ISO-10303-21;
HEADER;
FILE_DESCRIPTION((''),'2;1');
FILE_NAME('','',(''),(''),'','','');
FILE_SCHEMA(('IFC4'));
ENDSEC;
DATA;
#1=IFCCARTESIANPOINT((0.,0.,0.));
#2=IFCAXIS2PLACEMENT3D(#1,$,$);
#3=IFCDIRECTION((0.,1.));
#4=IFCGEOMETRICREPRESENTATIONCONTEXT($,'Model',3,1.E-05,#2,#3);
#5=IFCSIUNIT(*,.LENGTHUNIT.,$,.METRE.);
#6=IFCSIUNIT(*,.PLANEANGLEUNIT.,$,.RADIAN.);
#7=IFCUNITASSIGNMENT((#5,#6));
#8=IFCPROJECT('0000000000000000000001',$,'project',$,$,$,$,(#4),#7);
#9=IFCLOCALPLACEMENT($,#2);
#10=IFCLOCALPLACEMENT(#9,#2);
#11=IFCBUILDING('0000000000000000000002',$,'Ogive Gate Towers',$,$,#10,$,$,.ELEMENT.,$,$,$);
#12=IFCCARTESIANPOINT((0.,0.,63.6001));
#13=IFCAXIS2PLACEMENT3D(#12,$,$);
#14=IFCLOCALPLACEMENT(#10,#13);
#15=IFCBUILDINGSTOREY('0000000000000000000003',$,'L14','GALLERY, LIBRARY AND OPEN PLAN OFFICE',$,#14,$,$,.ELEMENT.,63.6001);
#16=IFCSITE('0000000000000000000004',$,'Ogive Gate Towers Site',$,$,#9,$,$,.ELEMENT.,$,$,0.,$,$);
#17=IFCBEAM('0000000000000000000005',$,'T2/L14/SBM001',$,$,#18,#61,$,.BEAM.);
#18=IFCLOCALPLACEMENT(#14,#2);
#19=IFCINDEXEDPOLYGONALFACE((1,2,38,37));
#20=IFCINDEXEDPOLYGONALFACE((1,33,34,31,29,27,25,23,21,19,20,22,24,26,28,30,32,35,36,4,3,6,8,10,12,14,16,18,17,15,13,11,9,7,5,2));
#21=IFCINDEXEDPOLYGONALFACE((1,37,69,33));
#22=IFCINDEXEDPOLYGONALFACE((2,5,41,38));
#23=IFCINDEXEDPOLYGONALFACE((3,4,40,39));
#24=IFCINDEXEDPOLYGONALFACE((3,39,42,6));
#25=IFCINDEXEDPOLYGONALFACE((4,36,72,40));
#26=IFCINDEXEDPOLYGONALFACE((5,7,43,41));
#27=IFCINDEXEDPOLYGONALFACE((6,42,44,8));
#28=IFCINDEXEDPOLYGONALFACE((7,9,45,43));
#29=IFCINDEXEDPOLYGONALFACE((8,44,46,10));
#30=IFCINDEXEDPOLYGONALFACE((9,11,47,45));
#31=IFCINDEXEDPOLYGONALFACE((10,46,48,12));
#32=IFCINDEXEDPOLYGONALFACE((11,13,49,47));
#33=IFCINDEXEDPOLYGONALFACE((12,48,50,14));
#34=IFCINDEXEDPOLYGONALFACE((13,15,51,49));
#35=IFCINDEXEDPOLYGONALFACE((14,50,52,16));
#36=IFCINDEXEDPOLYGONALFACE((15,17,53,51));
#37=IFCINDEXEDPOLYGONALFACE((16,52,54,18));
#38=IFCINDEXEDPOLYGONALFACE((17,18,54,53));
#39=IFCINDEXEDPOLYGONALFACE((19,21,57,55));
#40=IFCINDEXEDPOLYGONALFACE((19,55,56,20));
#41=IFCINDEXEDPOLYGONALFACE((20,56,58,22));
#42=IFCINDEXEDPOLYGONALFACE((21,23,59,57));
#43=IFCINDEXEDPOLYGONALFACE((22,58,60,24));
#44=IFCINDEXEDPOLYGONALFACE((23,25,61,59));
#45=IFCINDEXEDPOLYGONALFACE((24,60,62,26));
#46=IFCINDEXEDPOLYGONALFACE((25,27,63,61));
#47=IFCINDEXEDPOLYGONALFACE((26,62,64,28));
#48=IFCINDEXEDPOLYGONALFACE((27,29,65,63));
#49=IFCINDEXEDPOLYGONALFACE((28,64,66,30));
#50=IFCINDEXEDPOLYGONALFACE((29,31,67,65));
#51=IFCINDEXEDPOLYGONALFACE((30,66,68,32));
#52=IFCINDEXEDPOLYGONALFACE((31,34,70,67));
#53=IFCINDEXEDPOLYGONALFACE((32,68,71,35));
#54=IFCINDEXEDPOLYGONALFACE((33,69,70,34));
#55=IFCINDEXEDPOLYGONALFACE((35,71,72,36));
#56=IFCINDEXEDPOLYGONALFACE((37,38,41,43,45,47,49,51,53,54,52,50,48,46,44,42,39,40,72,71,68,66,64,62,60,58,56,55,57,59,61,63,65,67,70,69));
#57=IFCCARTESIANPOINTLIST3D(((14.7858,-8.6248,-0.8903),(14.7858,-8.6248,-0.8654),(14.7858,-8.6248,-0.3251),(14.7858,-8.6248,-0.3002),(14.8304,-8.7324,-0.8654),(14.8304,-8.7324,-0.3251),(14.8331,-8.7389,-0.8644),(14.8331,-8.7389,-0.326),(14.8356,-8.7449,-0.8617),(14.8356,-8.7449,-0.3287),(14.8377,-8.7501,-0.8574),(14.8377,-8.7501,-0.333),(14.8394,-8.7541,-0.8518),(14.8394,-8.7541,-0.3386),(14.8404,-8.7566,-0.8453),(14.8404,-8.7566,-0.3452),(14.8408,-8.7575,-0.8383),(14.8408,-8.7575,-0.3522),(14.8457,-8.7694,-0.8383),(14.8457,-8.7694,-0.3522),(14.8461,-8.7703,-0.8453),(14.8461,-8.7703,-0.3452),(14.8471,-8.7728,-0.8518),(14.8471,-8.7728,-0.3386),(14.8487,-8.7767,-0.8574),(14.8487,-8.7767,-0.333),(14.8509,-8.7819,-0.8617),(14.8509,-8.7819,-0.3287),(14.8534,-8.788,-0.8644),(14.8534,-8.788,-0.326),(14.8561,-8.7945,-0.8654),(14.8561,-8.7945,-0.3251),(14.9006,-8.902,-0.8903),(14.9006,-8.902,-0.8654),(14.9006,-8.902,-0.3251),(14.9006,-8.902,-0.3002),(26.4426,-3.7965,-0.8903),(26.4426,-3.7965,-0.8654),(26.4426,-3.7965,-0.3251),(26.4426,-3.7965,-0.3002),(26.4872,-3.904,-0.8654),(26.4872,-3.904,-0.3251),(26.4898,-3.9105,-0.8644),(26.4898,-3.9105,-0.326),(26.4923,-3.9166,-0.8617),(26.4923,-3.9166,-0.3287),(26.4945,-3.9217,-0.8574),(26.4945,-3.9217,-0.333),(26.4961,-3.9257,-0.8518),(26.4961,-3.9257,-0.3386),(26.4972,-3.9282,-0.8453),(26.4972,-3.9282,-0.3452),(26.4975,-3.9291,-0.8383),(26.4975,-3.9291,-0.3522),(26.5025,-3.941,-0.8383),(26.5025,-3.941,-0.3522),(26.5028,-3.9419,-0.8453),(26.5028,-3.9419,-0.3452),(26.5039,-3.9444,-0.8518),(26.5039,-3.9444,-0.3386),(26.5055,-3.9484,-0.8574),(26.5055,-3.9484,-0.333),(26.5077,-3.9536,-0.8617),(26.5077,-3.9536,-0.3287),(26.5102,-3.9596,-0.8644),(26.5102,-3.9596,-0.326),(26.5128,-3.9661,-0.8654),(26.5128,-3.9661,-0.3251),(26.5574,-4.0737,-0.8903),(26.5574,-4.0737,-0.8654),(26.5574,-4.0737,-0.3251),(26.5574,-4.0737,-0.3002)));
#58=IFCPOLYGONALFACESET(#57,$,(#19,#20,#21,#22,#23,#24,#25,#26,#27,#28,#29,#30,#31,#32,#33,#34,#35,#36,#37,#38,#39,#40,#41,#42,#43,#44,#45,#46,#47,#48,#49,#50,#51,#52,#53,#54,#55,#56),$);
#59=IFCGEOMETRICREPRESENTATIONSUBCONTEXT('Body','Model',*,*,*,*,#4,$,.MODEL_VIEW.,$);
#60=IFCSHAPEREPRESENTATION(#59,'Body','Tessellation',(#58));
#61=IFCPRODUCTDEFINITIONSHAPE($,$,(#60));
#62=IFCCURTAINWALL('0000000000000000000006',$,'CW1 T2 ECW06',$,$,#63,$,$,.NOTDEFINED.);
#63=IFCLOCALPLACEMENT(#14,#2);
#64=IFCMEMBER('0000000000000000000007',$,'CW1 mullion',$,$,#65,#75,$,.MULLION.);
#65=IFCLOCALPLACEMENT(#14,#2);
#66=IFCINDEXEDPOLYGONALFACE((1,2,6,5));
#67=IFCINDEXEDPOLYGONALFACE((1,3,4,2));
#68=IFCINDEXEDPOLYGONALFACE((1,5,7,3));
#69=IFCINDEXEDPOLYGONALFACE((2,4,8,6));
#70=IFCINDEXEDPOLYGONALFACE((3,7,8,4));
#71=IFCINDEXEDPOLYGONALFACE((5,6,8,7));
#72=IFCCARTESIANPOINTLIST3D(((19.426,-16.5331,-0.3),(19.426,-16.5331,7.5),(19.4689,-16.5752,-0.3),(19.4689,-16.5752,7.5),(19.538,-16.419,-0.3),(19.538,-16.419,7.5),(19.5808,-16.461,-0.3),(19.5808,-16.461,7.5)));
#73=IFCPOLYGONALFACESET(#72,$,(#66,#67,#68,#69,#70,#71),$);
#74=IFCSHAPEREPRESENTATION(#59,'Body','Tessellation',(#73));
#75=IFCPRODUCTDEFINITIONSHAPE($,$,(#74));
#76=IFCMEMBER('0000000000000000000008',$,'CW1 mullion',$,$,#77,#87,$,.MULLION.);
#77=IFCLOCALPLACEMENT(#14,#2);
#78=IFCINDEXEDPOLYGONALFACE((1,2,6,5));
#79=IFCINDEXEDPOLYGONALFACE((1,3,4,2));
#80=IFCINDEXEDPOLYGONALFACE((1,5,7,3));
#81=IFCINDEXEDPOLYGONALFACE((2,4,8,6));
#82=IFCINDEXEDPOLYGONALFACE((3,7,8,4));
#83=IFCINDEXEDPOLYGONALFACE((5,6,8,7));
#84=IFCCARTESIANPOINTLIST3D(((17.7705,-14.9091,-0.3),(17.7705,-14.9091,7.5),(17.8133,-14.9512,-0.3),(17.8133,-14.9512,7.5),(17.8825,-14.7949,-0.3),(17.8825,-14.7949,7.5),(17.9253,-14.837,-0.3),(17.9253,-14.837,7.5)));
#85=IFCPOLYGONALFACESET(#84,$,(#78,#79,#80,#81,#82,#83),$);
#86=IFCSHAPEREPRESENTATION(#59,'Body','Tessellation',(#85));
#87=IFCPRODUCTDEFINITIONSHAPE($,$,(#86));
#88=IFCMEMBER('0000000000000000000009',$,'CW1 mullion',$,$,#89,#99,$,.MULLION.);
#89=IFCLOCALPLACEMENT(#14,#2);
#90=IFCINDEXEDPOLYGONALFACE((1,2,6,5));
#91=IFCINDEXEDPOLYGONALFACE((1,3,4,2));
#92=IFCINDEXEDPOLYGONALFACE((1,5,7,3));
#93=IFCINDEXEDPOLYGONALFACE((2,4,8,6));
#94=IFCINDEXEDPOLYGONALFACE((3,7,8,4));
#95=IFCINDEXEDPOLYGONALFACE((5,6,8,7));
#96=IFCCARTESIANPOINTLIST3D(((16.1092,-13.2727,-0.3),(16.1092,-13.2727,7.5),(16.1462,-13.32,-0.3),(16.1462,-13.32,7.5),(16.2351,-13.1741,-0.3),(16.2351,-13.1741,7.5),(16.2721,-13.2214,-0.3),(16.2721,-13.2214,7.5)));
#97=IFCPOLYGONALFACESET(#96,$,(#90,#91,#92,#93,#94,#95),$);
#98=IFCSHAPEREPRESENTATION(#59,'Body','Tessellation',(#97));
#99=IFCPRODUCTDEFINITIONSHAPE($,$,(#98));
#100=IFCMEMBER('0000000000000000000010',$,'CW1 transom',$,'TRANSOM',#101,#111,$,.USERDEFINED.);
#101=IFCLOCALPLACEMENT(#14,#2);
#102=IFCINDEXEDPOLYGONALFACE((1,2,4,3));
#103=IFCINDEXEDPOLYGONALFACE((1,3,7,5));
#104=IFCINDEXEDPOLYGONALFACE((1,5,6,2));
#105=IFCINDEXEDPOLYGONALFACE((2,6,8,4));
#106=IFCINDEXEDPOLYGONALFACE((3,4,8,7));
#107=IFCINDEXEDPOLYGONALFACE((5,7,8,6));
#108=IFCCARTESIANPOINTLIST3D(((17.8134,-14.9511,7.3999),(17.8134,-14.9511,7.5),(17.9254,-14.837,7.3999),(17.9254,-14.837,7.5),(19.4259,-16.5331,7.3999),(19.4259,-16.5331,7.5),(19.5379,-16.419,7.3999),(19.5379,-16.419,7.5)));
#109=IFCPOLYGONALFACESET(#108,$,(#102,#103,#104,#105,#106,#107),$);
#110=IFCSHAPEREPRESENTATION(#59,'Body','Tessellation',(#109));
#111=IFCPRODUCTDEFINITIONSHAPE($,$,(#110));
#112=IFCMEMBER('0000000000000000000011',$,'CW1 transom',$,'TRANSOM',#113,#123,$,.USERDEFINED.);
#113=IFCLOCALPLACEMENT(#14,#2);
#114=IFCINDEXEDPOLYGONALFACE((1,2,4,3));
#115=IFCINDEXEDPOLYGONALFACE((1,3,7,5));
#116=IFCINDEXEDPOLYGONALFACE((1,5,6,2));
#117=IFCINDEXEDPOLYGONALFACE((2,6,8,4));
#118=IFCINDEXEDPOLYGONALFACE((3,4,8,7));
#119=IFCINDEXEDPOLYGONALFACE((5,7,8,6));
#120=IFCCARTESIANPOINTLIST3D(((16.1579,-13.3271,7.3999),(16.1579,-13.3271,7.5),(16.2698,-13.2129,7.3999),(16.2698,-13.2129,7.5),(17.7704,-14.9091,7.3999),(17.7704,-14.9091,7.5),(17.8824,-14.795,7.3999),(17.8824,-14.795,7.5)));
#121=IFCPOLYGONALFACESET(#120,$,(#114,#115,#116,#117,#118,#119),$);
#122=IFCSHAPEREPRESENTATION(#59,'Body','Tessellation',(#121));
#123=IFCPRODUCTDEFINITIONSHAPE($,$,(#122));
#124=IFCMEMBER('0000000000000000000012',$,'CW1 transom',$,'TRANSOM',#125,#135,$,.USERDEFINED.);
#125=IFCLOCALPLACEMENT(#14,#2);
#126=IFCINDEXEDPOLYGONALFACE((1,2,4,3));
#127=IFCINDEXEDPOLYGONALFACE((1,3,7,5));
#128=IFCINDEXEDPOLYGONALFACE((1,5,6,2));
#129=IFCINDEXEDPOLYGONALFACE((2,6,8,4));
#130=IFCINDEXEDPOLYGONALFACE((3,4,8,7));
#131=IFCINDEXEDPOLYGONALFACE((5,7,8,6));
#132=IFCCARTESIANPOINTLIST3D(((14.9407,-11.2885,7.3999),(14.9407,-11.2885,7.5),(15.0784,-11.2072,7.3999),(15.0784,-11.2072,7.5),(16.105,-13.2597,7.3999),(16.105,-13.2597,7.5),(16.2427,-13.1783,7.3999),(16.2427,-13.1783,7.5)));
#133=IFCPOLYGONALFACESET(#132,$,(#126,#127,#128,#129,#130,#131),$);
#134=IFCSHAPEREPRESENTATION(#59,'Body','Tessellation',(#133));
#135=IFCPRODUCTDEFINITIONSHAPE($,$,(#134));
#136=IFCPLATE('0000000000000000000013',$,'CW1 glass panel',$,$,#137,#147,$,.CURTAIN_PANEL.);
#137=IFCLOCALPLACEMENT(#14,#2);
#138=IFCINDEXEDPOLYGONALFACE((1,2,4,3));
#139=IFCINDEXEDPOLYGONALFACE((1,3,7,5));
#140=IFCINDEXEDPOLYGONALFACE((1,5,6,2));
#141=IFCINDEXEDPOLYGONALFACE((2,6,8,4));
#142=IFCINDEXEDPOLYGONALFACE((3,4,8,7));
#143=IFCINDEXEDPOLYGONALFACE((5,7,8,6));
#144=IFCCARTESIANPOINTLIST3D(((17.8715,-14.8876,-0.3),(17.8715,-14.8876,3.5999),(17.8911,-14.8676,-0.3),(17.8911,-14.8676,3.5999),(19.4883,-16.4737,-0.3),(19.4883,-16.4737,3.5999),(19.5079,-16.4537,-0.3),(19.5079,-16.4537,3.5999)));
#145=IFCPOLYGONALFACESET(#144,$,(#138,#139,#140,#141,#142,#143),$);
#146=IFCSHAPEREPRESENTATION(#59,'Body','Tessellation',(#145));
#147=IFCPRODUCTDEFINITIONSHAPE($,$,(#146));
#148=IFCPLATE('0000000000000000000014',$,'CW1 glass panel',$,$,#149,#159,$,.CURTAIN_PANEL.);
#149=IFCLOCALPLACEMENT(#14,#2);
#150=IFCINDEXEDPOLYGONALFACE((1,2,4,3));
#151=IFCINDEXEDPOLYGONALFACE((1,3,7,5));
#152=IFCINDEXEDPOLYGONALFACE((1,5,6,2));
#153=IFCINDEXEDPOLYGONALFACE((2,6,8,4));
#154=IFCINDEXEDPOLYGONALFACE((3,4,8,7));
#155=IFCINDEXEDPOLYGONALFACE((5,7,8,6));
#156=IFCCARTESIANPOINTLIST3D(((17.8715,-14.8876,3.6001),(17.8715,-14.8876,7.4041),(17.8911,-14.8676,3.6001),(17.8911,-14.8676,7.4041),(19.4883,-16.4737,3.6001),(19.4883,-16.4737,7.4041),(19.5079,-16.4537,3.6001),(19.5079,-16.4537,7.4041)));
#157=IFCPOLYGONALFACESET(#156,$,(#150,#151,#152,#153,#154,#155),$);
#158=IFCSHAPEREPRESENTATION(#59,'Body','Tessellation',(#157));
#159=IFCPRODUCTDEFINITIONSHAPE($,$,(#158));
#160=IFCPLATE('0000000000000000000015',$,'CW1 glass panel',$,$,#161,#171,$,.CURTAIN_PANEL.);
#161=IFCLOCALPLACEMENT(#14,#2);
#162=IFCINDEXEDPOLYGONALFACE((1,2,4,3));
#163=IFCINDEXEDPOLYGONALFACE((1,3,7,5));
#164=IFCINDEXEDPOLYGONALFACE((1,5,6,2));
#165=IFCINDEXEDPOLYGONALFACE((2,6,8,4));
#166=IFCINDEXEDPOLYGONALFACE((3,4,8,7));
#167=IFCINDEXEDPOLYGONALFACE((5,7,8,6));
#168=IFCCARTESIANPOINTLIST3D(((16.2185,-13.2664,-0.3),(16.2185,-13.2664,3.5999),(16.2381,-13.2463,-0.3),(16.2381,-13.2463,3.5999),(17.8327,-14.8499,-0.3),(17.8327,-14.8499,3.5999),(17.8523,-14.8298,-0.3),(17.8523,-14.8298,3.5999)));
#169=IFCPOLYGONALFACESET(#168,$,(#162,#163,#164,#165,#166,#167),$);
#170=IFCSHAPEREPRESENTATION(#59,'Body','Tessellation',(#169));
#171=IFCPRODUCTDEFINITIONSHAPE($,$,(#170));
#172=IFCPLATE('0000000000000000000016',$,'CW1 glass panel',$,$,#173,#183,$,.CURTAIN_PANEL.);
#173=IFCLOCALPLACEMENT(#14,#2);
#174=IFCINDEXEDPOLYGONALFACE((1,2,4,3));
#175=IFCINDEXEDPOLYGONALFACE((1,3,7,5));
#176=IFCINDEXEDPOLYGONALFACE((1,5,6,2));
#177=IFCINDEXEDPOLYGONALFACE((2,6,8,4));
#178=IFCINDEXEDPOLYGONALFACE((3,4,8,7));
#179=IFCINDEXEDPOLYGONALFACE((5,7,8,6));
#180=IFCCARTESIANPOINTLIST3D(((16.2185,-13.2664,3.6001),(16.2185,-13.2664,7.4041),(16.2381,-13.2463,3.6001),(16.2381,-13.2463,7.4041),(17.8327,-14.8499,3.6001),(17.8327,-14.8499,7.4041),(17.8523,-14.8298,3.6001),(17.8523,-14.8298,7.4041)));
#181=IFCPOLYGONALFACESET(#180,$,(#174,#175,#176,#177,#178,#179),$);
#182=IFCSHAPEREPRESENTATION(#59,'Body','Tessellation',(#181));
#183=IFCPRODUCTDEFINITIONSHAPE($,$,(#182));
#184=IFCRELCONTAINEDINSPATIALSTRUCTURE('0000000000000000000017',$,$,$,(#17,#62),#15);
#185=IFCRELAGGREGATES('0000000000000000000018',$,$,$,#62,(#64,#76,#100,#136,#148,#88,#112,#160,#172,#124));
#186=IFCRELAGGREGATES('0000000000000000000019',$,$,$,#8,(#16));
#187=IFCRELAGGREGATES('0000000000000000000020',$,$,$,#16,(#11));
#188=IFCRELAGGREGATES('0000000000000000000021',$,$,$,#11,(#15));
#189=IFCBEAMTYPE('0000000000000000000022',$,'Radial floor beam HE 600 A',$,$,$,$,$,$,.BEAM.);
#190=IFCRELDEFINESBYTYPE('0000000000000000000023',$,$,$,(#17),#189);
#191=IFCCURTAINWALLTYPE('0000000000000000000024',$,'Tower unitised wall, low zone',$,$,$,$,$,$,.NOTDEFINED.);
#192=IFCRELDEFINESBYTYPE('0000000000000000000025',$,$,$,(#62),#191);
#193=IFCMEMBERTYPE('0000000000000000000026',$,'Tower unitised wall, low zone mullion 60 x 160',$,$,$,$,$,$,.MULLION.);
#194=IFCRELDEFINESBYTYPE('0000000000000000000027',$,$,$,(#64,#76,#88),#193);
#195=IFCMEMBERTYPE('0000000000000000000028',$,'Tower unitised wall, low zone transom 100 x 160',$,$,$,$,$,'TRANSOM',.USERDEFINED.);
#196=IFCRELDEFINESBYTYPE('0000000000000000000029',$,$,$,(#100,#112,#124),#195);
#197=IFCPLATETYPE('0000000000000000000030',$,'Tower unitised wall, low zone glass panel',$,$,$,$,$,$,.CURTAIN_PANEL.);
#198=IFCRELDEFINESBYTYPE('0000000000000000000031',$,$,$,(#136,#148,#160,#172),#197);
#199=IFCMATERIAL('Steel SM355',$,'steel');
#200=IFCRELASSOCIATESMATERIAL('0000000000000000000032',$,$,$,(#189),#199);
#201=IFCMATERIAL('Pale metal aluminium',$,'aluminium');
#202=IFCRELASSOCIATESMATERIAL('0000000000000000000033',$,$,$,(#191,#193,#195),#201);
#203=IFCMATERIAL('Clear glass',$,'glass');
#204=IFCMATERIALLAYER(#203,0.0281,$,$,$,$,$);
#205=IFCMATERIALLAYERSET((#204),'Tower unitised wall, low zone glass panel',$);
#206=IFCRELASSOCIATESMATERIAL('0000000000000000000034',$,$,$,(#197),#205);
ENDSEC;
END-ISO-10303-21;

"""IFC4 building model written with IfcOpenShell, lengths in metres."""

from ifc_helpers import new_model, si_unit, direction, frame, origin, origin_2d, place, context, subcontext, project, spatial, rectangle, i_section, extrude, material, layer, layer_set, material_profile, profile_set, type_object, element, aggregate, save


model = new_model("IFC4")

# Units and contexts
model_context = context("Model", 3, precision=1e-05, world=origin(), true_north=direction((0.0, 1.0)))
body_context = subcontext(model_context, "Body", "Model", "MODEL_VIEW")
ifc_project = project(units=[si_unit("LENGTHUNIT", "METRE"), si_unit("PLANEANGLEUNIT", "RADIAN")], contexts=[model_context])

# Site, building, storey
site_placement = place(None, origin())
site = spatial("IfcSite", under=ifc_project, at=site_placement, Name="Ogive Gate Towers Site", CompositionType="ELEMENT", RefElevation=0.0)
building_placement = place(site_placement, origin())
building = spatial("IfcBuilding", under=site, at=building_placement, Name="Ogive Gate Towers", CompositionType="ELEMENT")
storey_placement = place(building_placement, frame((0.0, 0.0, 63.6001)))
storey = spatial("IfcBuildingStorey", under=building, at=storey_placement, Name="L14", Description="GALLERY, LIBRARY AND OPEN PLAN OFFICE", CompositionType="ELEMENT", Elevation=63.6001)

# Beam
ifc_material_1 = material(Name="Steel SM355", Category="steel")
ifc_material_profile_1 = material_profile(ifc_material_1, i_section(OverallWidth=0.3, OverallDepth=0.5901, WebThickness=0.0129, FlangeThickness=0.0249, FilletRadius=0.0271, at=origin_2d()), Name="HE 600 A")
ifc_profile_set_1 = profile_set([ifc_material_profile_1], Name="Steel SM355")
beam_type = type_object("IfcBeamType", Name="Radial floor beam HE 600 A", PredefinedType="BEAM", material=ifc_profile_set_1)
beam_placement = place(storey_placement, frame((26.5, -3.9351, -0.5952), z_axis=(-0.92388, -0.382683, 0.0), x_axis=(0.382683, -0.92388, 0.0)))
element("IfcBeam", 1, at=beam_placement, inside=storey, type_object=beam_type, Name="T2/L14/SBM001", PredefinedType="BEAM", context=body_context, shape_type="SweptSolid", body=[
    extrude(i_section(OverallWidth=0.3, OverallDepth=0.5901, WebThickness=0.0129, FlangeThickness=0.0249, FilletRadius=0.0271, at=origin_2d()), origin(), (0.0, 0.0, 1.0), 12.6172),
])

# Curtain wall, members, plates
ifc_material_2 = material(Name="Pale metal aluminium", Category="aluminium")
curtain_wall_type = type_object("IfcCurtainWallType", Name="Tower unitised wall, low zone", PredefinedType="NOTDEFINED", material=ifc_material_2)
curtain_wall_1_placement = place(storey_placement, origin())
curtain_wall_1 = element("IfcCurtainWall", 2, at=curtain_wall_1_placement, inside=storey, type_object=curtain_wall_type, Name="CW1 T2 ECW06", PredefinedType="NOTDEFINED")
ifc_material_profile_2 = material_profile(ifc_material_2, rectangle(XDim=0.1599, YDim=0.0601, at=origin_2d()), Name="60 x 160 aluminium box")
ifc_profile_set_2 = profile_set([ifc_material_profile_2], Name="Pale metal aluminium")
member_type_1 = type_object("IfcMemberType", Name="Tower unitised wall, low zone mullion 60 x 160", PredefinedType="MULLION", material=ifc_profile_set_2)
member_1_placement = place(storey_placement, frame((19.5034, -16.4971, -0.3), z_axis=(0.0, 0.0, 1.0), x_axis=(0.700299, 0.71385, 0.0)))
member_1 = element("IfcMember", 3, at=member_1_placement, type_object=member_type_1, Name="CW1 mullion", PredefinedType="MULLION", context=body_context, shape_type="SweptSolid", body=[
    extrude(rectangle(XDim=0.1599, YDim=0.0601, at=origin_2d()), origin(), (0.0, 0.0, 1.0), 7.8),
])
member_2_placement = place(storey_placement, frame((17.8479, -14.873, -0.3), z_axis=(0.0, 0.0, 1.0), x_axis=(0.700299, 0.71385, 0.0)))
member_2 = element("IfcMember", 4, at=member_2_placement, type_object=member_type_1, Name="CW1 mullion", PredefinedType="MULLION", context=body_context, shape_type="SweptSolid", body=[
    extrude(rectangle(XDim=0.1599, YDim=0.0601, at=origin_2d()), origin(), (0.0, 0.0, 1.0), 7.8),
])
member_3_placement = place(storey_placement, frame((16.1907, -13.2471, -0.3), z_axis=(0.0, 0.0, 1.0), x_axis=(0.787387, 0.616459, 0.0)))
member_3 = element("IfcMember", 5, at=member_3_placement, type_object=member_type_1, Name="CW1 mullion", PredefinedType="MULLION", context=body_context, shape_type="SweptSolid", body=[
    extrude(rectangle(XDim=0.1599, YDim=0.0601, at=origin_2d()), origin(), (0.0, 0.0, 1.0), 7.8),
])
ifc_material_profile_3 = material_profile(ifc_material_2, rectangle(XDim=0.1599, YDim=0.1001, at=origin_2d()), Name="100 x 160 aluminium box")
ifc_profile_set_3 = profile_set([ifc_material_profile_3], Name="Pale metal aluminium")
member_type_2 = type_object("IfcMemberType", Name="Tower unitised wall, low zone transom 100 x 160", ElementType="TRANSOM", PredefinedType="USERDEFINED", material=ifc_profile_set_3)
member_4_placement = place(storey_placement, frame((19.4819, -16.4761, 7.45), z_axis=(-0.713829, 0.70032, 0.0), x_axis=(-0.70032, -0.713829, 0.0)))
member_4 = element("IfcMember", 6, at=member_4_placement, type_object=member_type_2, Name="CW1 transom", ObjectType="TRANSOM", PredefinedType="USERDEFINED", context=body_context, shape_type="SweptSolid", body=[
    extrude(rectangle(XDim=0.1599, YDim=0.1001, at=origin_2d()), origin(), (0.0, 0.0, 1.0), 2.259),
])
member_5_placement = place(storey_placement, frame((17.8264, -14.8521, 7.45), z_axis=(-0.713829, 0.70032, 0.0), x_axis=(-0.70032, -0.713829, 0.0)))
member_5 = element("IfcMember", 7, at=member_5_placement, type_object=member_type_2, Name="CW1 transom", ObjectType="TRANSOM", PredefinedType="USERDEFINED", context=body_context, shape_type="SweptSolid", body=[
    extrude(rectangle(XDim=0.1599, YDim=0.1001, at=origin_2d()), origin(), (0.0, 0.0, 1.0), 2.259),
])
member_6_placement = place(storey_placement, frame((16.1738, -13.219, 7.45), z_axis=(-0.508571, 0.86102, 0.0), x_axis=(-0.86102, -0.508571, 0.0)))
member_6 = element("IfcMember", 8, at=member_6_placement, type_object=member_type_2, Name="CW1 transom", ObjectType="TRANSOM", PredefinedType="USERDEFINED", context=body_context, shape_type="SweptSolid", body=[
    extrude(rectangle(XDim=0.1599, YDim=0.1001, at=origin_2d()), origin(), (0.0, 0.0, 1.0), 2.2893),
])
ifc_material_3 = material(Name="Clear glass", Category="glass")
ifc_layer_1 = layer(ifc_material_3, 0.0281)
ifc_layer_set_1 = layer_set([ifc_layer_1], Name="Tower unitised wall, low zone glass panel")
plate_type = type_object("IfcPlateType", Name="Tower unitised wall, low zone glass panel", PredefinedType="CURTAIN_PANEL", material=ifc_layer_set_1)
plate_1_placement = place(storey_placement, frame((18.6897, -15.6707, -0.3), z_axis=(0.0, 0.0, 1.0), x_axis=(-0.71385, 0.700299, 0.0)))
plate_1 = element("IfcPlate", 9, at=plate_1_placement, type_object=plate_type, Name="CW1 glass panel", PredefinedType="CURTAIN_PANEL", context=body_context, shape_type="SweptSolid", body=[
    extrude(rectangle(XDim=2.2649, YDim=0.0281, at=origin_2d()), origin(), (0.0, 0.0, 1.0), 3.8999),
])
plate_2_placement = place(storey_placement, frame((18.6897, -15.6707, 3.6001), z_axis=(0.0, 0.0, 1.0), x_axis=(-0.71385, 0.700299, 0.0)))
plate_2 = element("IfcPlate", 10, at=plate_2_placement, type_object=plate_type, Name="CW1 glass panel", PredefinedType="CURTAIN_PANEL", context=body_context, shape_type="SweptSolid", body=[
    extrude(rectangle(XDim=2.2649, YDim=0.0281, at=origin_2d()), origin(), (0.0, 0.0, 1.0), 3.804),
])
plate_3_placement = place(storey_placement, frame((17.0354, -14.0481, -0.3), z_axis=(0.0, 0.0, 1.0), x_axis=(-0.713862, 0.700287, 0.0)))
plate_3 = element("IfcPlate", 11, at=plate_3_placement, type_object=plate_type, Name="CW1 glass panel", PredefinedType="CURTAIN_PANEL", context=body_context, shape_type="SweptSolid", body=[
    extrude(rectangle(XDim=2.2612, YDim=0.0281, at=origin_2d()), origin(), (0.0, 0.0, 1.0), 3.8999),
])
plate_4_placement = place(storey_placement, frame((17.0354, -14.0481, 3.6001), z_axis=(0.0, 0.0, 1.0), x_axis=(-0.713862, 0.700287, 0.0)))
plate_4 = element("IfcPlate", 12, at=plate_4_placement, type_object=plate_type, Name="CW1 glass panel", PredefinedType="CURTAIN_PANEL", context=body_context, shape_type="SweptSolid", body=[
    extrude(rectangle(XDim=2.2612, YDim=0.0281, at=origin_2d()), origin(), (0.0, 0.0, 1.0), 3.804),
])
aggregate(curtain_wall_1, [member_1, member_2, member_4, plate_1, plate_2, member_3, member_5, plate_3, plate_4, member_6])

save(model, "model.ifc")
